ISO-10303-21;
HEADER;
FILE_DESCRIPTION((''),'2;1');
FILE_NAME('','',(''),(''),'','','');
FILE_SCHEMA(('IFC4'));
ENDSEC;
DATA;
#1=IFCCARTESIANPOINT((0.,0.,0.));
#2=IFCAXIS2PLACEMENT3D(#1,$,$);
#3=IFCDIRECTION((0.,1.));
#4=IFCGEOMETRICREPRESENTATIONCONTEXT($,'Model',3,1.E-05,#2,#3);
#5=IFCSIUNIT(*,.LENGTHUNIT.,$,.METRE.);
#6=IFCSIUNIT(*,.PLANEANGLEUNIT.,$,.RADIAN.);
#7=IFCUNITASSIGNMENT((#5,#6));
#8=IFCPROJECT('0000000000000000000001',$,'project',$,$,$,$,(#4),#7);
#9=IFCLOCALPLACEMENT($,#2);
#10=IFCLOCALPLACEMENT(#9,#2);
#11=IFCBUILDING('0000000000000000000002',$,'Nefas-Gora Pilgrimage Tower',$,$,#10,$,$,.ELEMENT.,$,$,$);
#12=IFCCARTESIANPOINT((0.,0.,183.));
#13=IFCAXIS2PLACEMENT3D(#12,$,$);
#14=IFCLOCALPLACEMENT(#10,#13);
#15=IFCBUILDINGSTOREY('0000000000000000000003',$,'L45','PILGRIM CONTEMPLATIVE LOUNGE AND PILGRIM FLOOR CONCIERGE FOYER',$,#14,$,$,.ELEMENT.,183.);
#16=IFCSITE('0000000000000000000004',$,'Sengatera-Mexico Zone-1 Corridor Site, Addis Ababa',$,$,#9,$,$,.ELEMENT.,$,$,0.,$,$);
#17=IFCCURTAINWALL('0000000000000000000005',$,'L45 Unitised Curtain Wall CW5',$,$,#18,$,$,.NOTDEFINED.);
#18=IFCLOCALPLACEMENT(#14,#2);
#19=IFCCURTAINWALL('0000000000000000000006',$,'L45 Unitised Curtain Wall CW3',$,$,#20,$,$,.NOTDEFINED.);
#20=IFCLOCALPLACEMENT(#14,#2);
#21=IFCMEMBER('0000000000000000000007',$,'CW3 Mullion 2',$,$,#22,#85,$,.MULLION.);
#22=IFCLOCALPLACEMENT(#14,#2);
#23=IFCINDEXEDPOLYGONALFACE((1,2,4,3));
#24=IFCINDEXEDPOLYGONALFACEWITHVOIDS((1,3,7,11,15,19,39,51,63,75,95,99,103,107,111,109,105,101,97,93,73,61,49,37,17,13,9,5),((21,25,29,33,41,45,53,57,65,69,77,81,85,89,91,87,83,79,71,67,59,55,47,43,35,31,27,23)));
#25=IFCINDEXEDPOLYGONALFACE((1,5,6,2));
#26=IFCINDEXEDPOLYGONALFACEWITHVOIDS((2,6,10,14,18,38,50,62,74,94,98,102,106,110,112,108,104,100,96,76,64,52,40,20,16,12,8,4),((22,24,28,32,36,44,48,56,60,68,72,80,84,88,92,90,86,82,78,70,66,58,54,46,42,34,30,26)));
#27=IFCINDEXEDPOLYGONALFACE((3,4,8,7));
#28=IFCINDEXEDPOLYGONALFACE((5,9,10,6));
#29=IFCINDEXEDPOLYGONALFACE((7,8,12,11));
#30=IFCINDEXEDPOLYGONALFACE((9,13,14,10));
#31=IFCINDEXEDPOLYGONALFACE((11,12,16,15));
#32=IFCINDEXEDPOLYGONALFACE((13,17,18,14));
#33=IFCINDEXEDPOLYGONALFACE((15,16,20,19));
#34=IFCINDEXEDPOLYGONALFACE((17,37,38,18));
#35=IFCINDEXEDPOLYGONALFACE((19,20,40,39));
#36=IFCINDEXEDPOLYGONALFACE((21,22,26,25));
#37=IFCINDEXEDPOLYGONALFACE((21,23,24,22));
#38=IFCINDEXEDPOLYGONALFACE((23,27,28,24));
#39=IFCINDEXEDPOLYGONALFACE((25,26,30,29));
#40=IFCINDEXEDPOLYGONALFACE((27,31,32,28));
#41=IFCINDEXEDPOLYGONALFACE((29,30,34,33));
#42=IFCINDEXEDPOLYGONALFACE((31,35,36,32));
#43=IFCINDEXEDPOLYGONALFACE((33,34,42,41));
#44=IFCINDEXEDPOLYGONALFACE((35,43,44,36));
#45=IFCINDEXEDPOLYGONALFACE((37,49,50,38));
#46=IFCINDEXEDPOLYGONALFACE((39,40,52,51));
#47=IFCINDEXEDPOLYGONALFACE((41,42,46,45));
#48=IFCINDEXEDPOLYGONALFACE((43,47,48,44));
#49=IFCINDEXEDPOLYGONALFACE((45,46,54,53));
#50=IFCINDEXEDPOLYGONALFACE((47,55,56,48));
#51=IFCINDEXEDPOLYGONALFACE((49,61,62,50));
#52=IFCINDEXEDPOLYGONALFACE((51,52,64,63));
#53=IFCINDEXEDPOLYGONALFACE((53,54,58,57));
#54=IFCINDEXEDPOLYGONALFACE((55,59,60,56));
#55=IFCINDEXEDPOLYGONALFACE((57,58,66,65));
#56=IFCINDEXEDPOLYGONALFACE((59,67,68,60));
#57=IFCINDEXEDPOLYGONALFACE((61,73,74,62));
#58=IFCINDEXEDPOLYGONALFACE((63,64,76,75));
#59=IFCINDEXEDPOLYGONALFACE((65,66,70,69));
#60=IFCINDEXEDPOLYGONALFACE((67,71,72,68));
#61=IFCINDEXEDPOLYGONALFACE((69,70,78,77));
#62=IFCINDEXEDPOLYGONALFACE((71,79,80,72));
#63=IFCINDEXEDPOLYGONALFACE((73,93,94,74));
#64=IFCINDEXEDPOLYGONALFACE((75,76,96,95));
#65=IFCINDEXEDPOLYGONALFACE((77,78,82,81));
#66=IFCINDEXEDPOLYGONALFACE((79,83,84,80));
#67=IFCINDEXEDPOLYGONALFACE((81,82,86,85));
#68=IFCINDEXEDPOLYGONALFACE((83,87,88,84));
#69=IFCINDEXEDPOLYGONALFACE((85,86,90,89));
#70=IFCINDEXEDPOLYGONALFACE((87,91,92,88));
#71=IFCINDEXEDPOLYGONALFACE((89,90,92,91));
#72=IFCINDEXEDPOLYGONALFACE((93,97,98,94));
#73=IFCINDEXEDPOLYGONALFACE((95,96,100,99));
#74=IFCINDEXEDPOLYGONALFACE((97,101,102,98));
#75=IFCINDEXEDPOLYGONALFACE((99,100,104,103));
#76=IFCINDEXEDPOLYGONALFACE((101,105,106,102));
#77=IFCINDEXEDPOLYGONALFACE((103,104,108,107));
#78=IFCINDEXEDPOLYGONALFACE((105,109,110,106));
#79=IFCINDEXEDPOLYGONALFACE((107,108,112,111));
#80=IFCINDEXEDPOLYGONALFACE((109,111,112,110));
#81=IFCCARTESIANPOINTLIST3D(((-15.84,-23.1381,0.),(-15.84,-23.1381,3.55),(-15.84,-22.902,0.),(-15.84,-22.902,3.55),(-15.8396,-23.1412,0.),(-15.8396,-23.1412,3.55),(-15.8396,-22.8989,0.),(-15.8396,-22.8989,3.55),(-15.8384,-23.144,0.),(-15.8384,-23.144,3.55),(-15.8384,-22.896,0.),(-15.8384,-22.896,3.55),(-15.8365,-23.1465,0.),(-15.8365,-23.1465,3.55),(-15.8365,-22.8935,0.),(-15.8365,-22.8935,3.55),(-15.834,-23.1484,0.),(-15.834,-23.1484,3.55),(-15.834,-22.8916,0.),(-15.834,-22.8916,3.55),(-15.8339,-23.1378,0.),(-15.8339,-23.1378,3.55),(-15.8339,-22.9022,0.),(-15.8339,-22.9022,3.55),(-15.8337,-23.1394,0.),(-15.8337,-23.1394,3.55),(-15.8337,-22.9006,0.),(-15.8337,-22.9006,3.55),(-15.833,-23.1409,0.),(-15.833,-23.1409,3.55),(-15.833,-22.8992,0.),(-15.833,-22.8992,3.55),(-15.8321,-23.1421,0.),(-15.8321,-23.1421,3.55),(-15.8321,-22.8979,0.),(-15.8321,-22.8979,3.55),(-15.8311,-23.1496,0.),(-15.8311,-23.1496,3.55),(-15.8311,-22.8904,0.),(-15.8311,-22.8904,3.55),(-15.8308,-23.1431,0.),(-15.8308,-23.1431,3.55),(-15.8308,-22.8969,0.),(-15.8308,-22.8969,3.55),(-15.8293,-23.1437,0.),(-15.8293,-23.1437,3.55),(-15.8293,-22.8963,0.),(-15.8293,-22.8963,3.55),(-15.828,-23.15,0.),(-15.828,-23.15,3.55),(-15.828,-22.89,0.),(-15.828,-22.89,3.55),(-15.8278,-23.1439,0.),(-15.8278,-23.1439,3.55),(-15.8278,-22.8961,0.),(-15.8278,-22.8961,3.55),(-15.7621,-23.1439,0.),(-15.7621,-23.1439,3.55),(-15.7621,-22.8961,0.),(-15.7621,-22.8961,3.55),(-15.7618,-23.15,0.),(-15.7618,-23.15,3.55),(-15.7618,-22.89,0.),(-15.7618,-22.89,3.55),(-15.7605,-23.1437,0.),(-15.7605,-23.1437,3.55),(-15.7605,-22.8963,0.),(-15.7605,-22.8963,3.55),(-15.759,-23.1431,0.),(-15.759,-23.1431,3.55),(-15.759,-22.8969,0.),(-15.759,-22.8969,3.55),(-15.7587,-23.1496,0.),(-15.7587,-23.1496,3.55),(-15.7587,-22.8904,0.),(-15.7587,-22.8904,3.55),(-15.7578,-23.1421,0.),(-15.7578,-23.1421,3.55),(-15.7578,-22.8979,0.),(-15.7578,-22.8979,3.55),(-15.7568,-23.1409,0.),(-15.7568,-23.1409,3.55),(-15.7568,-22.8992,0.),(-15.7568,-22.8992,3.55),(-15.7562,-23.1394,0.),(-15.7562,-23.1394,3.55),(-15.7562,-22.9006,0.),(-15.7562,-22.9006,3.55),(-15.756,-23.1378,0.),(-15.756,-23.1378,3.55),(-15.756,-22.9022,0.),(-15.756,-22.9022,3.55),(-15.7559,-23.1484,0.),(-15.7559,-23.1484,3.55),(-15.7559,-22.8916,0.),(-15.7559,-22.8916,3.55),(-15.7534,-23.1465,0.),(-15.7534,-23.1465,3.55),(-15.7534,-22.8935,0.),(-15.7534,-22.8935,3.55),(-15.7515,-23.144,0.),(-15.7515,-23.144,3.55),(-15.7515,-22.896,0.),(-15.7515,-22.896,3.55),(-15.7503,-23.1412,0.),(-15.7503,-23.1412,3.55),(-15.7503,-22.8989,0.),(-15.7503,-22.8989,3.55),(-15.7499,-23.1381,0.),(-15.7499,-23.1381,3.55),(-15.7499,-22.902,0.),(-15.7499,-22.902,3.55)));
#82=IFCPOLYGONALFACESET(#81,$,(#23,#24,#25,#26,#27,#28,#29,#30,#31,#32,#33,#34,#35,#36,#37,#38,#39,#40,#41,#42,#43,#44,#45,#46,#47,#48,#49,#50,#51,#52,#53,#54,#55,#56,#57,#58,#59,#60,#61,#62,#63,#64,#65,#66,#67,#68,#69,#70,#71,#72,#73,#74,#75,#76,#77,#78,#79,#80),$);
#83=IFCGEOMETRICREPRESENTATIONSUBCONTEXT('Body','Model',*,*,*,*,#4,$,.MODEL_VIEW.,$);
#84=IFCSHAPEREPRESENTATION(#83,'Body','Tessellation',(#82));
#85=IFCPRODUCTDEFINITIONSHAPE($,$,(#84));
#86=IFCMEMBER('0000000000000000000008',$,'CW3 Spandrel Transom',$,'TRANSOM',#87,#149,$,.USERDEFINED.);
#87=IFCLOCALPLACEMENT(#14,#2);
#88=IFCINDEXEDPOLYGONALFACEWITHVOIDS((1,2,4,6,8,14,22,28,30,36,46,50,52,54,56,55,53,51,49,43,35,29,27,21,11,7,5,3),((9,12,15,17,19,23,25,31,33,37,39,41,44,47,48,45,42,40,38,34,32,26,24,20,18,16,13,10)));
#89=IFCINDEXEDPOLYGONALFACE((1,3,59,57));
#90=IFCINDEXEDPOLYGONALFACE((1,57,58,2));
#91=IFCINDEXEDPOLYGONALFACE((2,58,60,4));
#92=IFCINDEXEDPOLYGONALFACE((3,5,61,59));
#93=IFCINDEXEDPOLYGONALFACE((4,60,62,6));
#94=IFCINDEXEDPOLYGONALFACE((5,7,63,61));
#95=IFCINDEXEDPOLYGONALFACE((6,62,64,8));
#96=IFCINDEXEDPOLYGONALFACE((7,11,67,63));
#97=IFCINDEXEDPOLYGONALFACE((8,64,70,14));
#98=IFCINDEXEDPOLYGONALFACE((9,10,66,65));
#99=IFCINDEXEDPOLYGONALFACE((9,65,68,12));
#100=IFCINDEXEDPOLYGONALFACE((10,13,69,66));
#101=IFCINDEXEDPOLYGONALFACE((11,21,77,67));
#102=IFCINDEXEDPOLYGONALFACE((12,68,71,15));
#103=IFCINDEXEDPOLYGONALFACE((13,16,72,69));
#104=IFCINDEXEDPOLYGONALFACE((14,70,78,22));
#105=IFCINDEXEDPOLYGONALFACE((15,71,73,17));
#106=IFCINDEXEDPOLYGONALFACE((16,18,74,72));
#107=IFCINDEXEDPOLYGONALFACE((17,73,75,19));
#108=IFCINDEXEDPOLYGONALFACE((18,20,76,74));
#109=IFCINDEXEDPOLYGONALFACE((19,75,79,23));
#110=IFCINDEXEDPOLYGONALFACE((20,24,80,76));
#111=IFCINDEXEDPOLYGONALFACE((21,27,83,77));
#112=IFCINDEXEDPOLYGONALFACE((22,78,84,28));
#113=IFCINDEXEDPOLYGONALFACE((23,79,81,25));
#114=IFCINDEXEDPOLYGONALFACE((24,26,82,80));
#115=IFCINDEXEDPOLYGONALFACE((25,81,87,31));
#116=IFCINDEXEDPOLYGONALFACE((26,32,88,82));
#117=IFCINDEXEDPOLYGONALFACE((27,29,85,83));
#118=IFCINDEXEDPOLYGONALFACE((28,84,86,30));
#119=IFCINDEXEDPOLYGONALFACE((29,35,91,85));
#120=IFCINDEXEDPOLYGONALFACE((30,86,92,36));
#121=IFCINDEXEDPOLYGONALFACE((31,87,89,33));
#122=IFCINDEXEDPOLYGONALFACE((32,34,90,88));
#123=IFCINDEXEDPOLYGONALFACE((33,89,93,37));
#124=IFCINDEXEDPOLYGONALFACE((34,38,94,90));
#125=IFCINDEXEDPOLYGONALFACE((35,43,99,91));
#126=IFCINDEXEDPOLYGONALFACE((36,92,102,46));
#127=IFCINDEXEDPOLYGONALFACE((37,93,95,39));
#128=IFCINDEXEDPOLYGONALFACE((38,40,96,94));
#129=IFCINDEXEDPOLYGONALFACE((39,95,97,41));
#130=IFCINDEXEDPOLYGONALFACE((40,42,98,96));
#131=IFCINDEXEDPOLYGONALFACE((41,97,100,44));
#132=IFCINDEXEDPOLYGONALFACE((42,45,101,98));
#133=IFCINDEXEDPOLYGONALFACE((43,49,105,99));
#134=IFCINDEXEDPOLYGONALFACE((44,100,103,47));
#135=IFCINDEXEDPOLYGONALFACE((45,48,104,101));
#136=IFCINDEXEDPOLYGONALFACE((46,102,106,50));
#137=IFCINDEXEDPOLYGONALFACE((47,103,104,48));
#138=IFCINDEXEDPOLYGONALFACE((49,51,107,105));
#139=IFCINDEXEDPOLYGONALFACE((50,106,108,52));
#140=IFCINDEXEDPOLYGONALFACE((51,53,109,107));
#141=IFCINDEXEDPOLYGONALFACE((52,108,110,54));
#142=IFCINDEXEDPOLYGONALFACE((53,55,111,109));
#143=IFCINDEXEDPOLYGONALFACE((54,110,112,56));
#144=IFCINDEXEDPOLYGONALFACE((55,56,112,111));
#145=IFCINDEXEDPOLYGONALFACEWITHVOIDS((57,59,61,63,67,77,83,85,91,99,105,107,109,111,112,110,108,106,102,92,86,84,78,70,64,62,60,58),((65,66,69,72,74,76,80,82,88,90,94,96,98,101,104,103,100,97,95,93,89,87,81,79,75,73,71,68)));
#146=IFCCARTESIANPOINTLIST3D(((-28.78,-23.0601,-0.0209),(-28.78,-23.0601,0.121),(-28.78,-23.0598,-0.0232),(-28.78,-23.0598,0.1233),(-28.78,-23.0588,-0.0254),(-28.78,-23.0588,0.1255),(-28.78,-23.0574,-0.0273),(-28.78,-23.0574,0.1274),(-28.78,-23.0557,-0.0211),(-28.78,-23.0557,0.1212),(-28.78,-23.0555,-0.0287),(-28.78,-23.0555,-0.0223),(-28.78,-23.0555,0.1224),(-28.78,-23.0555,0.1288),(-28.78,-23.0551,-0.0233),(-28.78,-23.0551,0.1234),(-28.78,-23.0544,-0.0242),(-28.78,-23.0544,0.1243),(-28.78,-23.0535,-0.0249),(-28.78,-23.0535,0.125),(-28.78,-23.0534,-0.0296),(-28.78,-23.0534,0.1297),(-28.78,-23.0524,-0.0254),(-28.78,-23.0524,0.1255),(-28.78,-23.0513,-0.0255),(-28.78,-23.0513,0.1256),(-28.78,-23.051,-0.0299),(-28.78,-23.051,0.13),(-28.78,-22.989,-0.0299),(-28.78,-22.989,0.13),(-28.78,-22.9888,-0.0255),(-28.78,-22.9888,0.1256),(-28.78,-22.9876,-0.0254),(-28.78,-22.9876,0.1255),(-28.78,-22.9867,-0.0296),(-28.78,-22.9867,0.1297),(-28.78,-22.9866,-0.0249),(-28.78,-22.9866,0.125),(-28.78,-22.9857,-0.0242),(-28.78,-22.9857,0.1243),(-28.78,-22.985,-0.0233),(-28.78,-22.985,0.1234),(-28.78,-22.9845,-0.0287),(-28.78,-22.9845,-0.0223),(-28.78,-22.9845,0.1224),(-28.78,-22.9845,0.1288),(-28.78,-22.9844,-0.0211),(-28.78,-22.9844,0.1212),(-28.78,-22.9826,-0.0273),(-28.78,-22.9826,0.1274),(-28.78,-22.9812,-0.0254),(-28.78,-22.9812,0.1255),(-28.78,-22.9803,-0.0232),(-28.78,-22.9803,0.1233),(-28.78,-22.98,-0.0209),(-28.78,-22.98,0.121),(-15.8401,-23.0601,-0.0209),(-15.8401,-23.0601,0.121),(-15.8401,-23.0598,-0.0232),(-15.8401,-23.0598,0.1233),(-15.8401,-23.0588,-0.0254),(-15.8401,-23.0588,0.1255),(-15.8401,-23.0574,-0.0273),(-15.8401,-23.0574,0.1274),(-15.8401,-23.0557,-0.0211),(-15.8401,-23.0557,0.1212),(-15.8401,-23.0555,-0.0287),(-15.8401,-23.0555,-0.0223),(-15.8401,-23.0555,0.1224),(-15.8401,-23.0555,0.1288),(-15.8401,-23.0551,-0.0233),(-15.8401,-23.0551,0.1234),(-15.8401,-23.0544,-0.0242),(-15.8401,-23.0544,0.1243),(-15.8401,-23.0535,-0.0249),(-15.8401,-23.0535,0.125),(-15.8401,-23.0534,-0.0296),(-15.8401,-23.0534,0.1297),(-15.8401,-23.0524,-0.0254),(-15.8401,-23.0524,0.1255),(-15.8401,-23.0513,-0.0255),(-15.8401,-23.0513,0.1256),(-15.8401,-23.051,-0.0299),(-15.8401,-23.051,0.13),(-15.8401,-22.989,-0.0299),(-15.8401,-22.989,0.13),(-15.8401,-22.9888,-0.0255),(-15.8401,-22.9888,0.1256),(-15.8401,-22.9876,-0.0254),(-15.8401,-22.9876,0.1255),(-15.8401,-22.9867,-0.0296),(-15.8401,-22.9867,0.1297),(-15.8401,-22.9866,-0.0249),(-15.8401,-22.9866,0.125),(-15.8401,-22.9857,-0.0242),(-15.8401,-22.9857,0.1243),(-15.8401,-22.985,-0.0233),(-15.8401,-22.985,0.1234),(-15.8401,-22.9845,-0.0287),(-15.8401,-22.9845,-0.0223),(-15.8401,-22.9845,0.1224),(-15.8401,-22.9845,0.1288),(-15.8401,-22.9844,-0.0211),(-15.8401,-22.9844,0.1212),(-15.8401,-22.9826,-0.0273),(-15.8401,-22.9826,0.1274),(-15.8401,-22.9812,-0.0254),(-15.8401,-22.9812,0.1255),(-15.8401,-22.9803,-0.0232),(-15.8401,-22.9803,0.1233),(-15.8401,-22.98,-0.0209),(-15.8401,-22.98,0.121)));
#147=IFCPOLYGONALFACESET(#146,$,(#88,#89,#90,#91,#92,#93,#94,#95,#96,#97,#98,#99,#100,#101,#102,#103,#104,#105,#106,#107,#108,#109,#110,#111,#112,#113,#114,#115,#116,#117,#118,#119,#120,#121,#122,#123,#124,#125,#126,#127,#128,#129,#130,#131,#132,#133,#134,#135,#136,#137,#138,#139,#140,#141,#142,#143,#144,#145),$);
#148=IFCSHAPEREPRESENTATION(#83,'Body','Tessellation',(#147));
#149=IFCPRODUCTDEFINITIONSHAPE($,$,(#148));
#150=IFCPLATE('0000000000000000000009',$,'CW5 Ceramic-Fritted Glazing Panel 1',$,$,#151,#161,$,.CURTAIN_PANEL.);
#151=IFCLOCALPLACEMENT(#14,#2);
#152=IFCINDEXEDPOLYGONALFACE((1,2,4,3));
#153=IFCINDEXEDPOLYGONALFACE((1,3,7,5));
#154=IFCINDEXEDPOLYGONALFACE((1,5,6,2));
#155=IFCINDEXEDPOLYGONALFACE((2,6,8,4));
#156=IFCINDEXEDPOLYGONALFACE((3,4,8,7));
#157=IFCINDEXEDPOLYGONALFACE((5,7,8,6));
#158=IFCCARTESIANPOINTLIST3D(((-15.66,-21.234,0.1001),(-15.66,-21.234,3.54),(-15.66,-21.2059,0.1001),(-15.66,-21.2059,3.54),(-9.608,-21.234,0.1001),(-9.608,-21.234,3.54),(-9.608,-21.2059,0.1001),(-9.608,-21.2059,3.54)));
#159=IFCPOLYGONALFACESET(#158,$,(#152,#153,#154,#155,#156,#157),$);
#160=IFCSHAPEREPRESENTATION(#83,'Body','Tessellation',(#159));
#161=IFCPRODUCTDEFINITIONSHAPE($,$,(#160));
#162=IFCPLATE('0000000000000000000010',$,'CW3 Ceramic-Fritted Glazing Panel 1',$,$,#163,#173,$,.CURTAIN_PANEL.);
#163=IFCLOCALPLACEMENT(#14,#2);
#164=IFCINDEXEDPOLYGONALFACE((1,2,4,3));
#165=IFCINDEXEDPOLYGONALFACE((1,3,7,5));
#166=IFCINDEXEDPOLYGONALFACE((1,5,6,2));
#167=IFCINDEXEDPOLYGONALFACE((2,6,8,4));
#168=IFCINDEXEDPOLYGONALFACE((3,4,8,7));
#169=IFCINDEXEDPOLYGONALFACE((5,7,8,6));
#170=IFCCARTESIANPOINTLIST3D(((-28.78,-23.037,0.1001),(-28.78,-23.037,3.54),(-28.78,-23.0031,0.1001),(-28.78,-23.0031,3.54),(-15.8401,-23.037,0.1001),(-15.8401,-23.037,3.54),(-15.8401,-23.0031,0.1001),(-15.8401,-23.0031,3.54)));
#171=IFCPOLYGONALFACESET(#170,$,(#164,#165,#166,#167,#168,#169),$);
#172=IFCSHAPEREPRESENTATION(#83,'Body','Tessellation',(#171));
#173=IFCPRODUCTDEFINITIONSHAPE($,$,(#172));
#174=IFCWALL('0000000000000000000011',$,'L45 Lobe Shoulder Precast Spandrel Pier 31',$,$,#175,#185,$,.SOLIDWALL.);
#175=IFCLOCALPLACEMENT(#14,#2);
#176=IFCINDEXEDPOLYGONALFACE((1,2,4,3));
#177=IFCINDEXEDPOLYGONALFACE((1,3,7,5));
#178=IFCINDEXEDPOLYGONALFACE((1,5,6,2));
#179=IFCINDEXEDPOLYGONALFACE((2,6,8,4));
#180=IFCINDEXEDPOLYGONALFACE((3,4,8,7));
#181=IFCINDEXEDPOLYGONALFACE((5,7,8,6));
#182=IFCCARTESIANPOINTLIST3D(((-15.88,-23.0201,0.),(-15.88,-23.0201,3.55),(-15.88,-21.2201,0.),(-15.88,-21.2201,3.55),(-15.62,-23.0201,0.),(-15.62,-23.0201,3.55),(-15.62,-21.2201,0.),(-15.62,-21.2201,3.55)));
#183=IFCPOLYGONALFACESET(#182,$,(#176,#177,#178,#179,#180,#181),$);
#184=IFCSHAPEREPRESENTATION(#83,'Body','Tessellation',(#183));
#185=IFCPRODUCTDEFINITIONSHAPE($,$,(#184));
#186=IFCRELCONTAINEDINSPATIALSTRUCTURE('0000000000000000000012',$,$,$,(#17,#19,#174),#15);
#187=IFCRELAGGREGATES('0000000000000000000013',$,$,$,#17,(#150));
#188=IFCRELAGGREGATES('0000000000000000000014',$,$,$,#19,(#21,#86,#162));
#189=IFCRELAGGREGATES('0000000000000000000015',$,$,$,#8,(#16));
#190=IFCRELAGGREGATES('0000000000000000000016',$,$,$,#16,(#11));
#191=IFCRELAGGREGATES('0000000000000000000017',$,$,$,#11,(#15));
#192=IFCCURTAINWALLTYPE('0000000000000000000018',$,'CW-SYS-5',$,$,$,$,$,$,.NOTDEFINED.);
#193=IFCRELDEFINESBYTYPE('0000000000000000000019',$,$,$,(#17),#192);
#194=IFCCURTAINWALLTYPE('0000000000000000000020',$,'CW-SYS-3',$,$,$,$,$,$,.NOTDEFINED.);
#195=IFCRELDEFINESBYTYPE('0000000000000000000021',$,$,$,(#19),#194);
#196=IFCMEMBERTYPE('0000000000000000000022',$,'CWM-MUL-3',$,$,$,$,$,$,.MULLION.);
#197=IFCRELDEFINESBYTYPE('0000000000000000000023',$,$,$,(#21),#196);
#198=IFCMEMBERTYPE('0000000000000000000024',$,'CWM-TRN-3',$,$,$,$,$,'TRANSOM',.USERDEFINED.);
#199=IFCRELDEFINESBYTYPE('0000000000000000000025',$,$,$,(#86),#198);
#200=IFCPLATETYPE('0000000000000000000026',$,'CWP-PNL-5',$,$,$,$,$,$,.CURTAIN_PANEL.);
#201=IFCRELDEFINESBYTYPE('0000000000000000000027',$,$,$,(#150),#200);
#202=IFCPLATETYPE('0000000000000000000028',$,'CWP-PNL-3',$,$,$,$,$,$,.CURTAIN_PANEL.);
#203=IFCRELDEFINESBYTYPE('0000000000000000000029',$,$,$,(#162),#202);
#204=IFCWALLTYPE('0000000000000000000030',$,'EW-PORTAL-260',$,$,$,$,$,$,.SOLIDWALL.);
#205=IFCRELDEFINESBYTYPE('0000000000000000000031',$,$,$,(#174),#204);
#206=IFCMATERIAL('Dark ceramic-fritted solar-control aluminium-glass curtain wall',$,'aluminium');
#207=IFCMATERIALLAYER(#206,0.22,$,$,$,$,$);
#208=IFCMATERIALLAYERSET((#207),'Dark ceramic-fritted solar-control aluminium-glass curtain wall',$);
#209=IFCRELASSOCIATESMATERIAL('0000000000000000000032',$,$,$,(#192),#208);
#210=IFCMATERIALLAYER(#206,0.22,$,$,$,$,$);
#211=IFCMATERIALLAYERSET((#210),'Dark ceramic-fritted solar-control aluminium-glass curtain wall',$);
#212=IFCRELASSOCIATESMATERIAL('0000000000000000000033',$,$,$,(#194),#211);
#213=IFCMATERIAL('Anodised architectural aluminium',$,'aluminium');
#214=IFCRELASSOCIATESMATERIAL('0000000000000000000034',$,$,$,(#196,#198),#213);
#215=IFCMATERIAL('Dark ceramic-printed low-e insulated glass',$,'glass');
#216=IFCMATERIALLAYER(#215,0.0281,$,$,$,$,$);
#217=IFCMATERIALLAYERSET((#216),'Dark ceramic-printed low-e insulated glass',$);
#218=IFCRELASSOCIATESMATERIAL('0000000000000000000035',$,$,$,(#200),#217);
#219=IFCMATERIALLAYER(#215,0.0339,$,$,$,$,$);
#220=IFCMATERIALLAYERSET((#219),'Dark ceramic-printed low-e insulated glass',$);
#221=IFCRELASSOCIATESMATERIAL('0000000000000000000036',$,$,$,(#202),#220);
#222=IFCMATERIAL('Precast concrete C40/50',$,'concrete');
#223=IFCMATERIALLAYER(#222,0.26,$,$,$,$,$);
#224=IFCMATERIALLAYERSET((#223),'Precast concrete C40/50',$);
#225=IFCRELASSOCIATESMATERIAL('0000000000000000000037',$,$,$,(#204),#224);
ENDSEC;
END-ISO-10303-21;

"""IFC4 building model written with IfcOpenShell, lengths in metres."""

from ifc_helpers import new_model, si_unit, direction, frame, frame_2d, origin, origin_2d, place, context, subcontext, project, spatial, rectangle, hollow_rectangle, extrude, source, transform, mapped, material, layer, layer_set, material_profile, profile_set, type_object, element, aggregate, save


model = new_model("IFC4")

# Units and contexts
model_context = context("Model", 3, precision=1e-05, world=origin(), true_north=direction((0.0, 1.0)))
body_context = subcontext(model_context, "Body", "Model", "MODEL_VIEW")
ifc_project = project(units=[si_unit("LENGTHUNIT", "METRE"), si_unit("PLANEANGLEUNIT", "RADIAN")], contexts=[model_context])

# Site, building, storey
site_placement = place(None, origin())
site = spatial("IfcSite", under=ifc_project, at=site_placement, Name="Sengatera-Mexico Zone-1 Corridor Site, Addis Ababa", CompositionType="ELEMENT", RefElevation=0.0)
building_placement = place(site_placement, origin())
building = spatial("IfcBuilding", under=site, at=building_placement, Name="Nefas-Gora Pilgrimage Tower", CompositionType="ELEMENT")
storey_placement = place(building_placement, frame((0.0, 0.0, 183.0)))
storey = spatial("IfcBuildingStorey", under=building, at=storey_placement, Name="L45", Description="PILGRIM CONTEMPLATIVE LOUNGE AND PILGRIM FLOOR CONCIERGE FOYER", CompositionType="ELEMENT", Elevation=183.0)

# Curtain wall
ifc_material_1 = material(Name="Dark ceramic-fritted solar-control aluminium-glass curtain wall", Category="aluminium")
ifc_layer_1 = layer(ifc_material_1, 0.22)
ifc_layer_set_1 = layer_set([ifc_layer_1], Name="Dark ceramic-fritted solar-control aluminium-glass curtain wall")
curtain_wall_type_1 = type_object("IfcCurtainWallType", Name="CW-SYS-5", PredefinedType="NOTDEFINED", material=ifc_layer_set_1)
curtain_wall_1_placement = place(storey_placement, origin())
curtain_wall_1 = element("IfcCurtainWall", 1, at=curtain_wall_1_placement, inside=storey, type_object=curtain_wall_type_1, Name="L45 Unitised Curtain Wall CW5", PredefinedType="NOTDEFINED")
ifc_material_2 = material(Name="Anodised architectural aluminium", Category="aluminium")

# Shared definitions
ifc_layer_2 = layer(ifc_material_1, 0.22)
ifc_layer_set_2 = layer_set([ifc_layer_2], Name="Dark ceramic-fritted solar-control aluminium-glass curtain wall")
curtain_wall_type_2 = type_object("IfcCurtainWallType", Name="CW-SYS-3", PredefinedType="NOTDEFINED", material=ifc_layer_set_2)
ifc_material_profile_1 = material_profile(ifc_material_2, hollow_rectangle(XDim=0.0901, YDim=0.26, WallThickness=0.0061, InnerFilletRadius=0.0061, OuterFilletRadius=0.012, at=origin_2d()), Name="ALU MULLION 90x260")
ifc_profile_set_1 = profile_set([ifc_material_profile_1], Name="Anodised architectural aluminium")
member_type_1 = type_object("IfcMemberType", Name="CWM-MUL-3", PredefinedType="MULLION", material=ifc_profile_set_1)
shared_shape_1 = source(origin(), body_context, "Body", "SweptSolid", [
    extrude(hollow_rectangle(XDim=0.0901, YDim=0.26, WallThickness=0.0061, InnerFilletRadius=0.0061, OuterFilletRadius=0.012, at=origin_2d()), origin(), (0.0, 0.0, 1.0), 3.55),
])

# Curtain wall, members
curtain_wall_2_placement = place(storey_placement, origin())
curtain_wall_2 = element("IfcCurtainWall", 2, at=curtain_wall_2_placement, inside=storey, type_object=curtain_wall_type_2, Name="L45 Unitised Curtain Wall CW3", PredefinedType="NOTDEFINED")
member_1_placement = place(storey_placement, frame((-15.7949, -23.02, 0.0), z_axis=(0.0, 0.0, 1.0), x_axis=(1.0, 0.0, 0.0)))
member_1 = element("IfcMember", 3, at=member_1_placement, type_object=member_type_1, Name="CW3 Mullion 2", PredefinedType="MULLION", context=body_context, shape_type="MappedRepresentation", body=[
    mapped(shared_shape_1, transform((0.0, 0.0, 0.0), x_axis=(1.0, 0.0, 0.0), y_axis=(0.0, 1.0, 0.0), z_axis=(0.0, 0.0, 1.0), scale=1.0)),
])
ifc_material_profile_2 = material_profile(ifc_material_2, hollow_rectangle(XDim=0.0801, YDim=0.1599, WallThickness=0.0044, InnerFilletRadius=0.0044, OuterFilletRadius=0.009, at=origin_2d()), Name="ALU TRANSOM 80x160")
ifc_profile_set_2 = profile_set([ifc_material_profile_2], Name="Anodised architectural aluminium")
member_type_2 = type_object("IfcMemberType", Name="CWM-TRN-3", ElementType="TRANSOM", PredefinedType="USERDEFINED", material=ifc_profile_set_2)
shared_shape_2 = source(origin(), body_context, "Body", "SweptSolid", [
    extrude(hollow_rectangle(XDim=0.0801, YDim=0.1599, WallThickness=0.0044, InnerFilletRadius=0.0044, OuterFilletRadius=0.009, at=origin_2d()), origin(), (0.0, 0.0, 1.0), 12.9399),
])
member_2_placement = place(storey_placement, frame((-28.78, -23.02, 0.05), z_axis=(1.0, 0.0, 0.0), x_axis=(0.0, 1.0, 0.0)))
member_2 = element("IfcMember", 4, at=member_2_placement, type_object=member_type_2, Name="CW3 Spandrel Transom", ObjectType="TRANSOM", PredefinedType="USERDEFINED", context=body_context, shape_type="MappedRepresentation", body=[
    mapped(shared_shape_2, transform((0.0, 0.0, 0.0), x_axis=(1.0, 0.0, 0.0), y_axis=(0.0, 1.0, 0.0), z_axis=(0.0, 0.0, 1.0), scale=1.0)),
])

# Plates
ifc_material_3 = material(Name="Dark ceramic-printed low-e insulated glass", Category="glass")
ifc_layer_3 = layer(ifc_material_3, 0.0281)
ifc_layer_set_3 = layer_set([ifc_layer_3], Name="Dark ceramic-printed low-e insulated glass")
plate_type_1 = type_object("IfcPlateType", Name="CWP-PNL-5", PredefinedType="CURTAIN_PANEL", material=ifc_layer_set_3)
shared_shape_3 = source(origin(), body_context, "Body", "SweptSolid", [
    extrude(rectangle(XDim=6.052, YDim=0.0281, at=origin_2d()), origin(), (0.0, 0.0, 1.0), 3.4399),
])
plate_1_placement = place(storey_placement, frame((-12.634, -21.22, 0.1001), z_axis=(0.0, 0.0, 1.0), x_axis=(1.0, 0.0, 0.0)))
plate_1 = element("IfcPlate", 5, at=plate_1_placement, type_object=plate_type_1, Name="CW5 Ceramic-Fritted Glazing Panel 1", PredefinedType="CURTAIN_PANEL", context=body_context, shape_type="MappedRepresentation", body=[
    mapped(shared_shape_3, transform((0.0, 0.0, 0.0), x_axis=(1.0, 0.0, 0.0), y_axis=(0.0, 1.0, 0.0), z_axis=(0.0, 0.0, 1.0), scale=1.0)),
])
aggregate(curtain_wall_1, [plate_1])
ifc_layer_4 = layer(ifc_material_3, 0.0339)
ifc_layer_set_4 = layer_set([ifc_layer_4], Name="Dark ceramic-printed low-e insulated glass")
plate_type_2 = type_object("IfcPlateType", Name="CWP-PNL-3", PredefinedType="CURTAIN_PANEL", material=ifc_layer_set_4)
shared_shape_4 = source(origin(), body_context, "Body", "SweptSolid", [
    extrude(rectangle(XDim=12.9399, YDim=0.0339, at=origin_2d()), origin(), (0.0, 0.0, 1.0), 3.4399),
])
plate_2_placement = place(storey_placement, frame((-22.3101, -23.02, 0.1001), z_axis=(0.0, 0.0, 1.0), x_axis=(1.0, 0.0, 0.0)))
plate_2 = element("IfcPlate", 6, at=plate_2_placement, type_object=plate_type_2, Name="CW3 Ceramic-Fritted Glazing Panel 1", PredefinedType="CURTAIN_PANEL", context=body_context, shape_type="MappedRepresentation", body=[
    mapped(shared_shape_4, transform((0.0, 0.0, 0.0), x_axis=(1.0, 0.0, 0.0), y_axis=(0.0, 1.0, 0.0), z_axis=(0.0, 0.0, 1.0), scale=1.0)),
])
aggregate(curtain_wall_2, [member_1, member_2, plate_2])

# Wall
ifc_material_4 = material(Name="Precast concrete C40/50", Category="concrete")
ifc_layer_5 = layer(ifc_material_4, 0.26)
ifc_layer_set_5 = layer_set([ifc_layer_5], Name="Precast concrete C40/50")
wall_type_1 = type_object("IfcWallType", Name="EW-PORTAL-260", PredefinedType="SOLIDWALL", material=ifc_layer_set_5)
shared_shape_5 = source(origin(), body_context, "Body", "SweptSolid", [
    extrude(rectangle(XDim=1.8, YDim=0.26, at=frame_2d((0.8999, 0.0))), origin(), (0.0, 0.0, 1.0), 3.55),
])
wall_1_placement = place(storey_placement, frame((-15.75, -23.02, 0.0), z_axis=(0.0, 0.0, 1.0), x_axis=(0.0, 1.0, 0.0)))
element("IfcWall", 7, at=wall_1_placement, inside=storey, type_object=wall_type_1, Name="L45 Lobe Shoulder Precast Spandrel Pier 31", PredefinedType="SOLIDWALL", context=body_context, shape_type="MappedRepresentation", body=[
    mapped(shared_shape_5, transform((0.0, 0.0, 0.0), x_axis=(1.0, 0.0, 0.0), y_axis=(0.0, 1.0, 0.0), z_axis=(0.0, 0.0, 1.0), scale=1.0)),
])

save(model, "model.ifc")
